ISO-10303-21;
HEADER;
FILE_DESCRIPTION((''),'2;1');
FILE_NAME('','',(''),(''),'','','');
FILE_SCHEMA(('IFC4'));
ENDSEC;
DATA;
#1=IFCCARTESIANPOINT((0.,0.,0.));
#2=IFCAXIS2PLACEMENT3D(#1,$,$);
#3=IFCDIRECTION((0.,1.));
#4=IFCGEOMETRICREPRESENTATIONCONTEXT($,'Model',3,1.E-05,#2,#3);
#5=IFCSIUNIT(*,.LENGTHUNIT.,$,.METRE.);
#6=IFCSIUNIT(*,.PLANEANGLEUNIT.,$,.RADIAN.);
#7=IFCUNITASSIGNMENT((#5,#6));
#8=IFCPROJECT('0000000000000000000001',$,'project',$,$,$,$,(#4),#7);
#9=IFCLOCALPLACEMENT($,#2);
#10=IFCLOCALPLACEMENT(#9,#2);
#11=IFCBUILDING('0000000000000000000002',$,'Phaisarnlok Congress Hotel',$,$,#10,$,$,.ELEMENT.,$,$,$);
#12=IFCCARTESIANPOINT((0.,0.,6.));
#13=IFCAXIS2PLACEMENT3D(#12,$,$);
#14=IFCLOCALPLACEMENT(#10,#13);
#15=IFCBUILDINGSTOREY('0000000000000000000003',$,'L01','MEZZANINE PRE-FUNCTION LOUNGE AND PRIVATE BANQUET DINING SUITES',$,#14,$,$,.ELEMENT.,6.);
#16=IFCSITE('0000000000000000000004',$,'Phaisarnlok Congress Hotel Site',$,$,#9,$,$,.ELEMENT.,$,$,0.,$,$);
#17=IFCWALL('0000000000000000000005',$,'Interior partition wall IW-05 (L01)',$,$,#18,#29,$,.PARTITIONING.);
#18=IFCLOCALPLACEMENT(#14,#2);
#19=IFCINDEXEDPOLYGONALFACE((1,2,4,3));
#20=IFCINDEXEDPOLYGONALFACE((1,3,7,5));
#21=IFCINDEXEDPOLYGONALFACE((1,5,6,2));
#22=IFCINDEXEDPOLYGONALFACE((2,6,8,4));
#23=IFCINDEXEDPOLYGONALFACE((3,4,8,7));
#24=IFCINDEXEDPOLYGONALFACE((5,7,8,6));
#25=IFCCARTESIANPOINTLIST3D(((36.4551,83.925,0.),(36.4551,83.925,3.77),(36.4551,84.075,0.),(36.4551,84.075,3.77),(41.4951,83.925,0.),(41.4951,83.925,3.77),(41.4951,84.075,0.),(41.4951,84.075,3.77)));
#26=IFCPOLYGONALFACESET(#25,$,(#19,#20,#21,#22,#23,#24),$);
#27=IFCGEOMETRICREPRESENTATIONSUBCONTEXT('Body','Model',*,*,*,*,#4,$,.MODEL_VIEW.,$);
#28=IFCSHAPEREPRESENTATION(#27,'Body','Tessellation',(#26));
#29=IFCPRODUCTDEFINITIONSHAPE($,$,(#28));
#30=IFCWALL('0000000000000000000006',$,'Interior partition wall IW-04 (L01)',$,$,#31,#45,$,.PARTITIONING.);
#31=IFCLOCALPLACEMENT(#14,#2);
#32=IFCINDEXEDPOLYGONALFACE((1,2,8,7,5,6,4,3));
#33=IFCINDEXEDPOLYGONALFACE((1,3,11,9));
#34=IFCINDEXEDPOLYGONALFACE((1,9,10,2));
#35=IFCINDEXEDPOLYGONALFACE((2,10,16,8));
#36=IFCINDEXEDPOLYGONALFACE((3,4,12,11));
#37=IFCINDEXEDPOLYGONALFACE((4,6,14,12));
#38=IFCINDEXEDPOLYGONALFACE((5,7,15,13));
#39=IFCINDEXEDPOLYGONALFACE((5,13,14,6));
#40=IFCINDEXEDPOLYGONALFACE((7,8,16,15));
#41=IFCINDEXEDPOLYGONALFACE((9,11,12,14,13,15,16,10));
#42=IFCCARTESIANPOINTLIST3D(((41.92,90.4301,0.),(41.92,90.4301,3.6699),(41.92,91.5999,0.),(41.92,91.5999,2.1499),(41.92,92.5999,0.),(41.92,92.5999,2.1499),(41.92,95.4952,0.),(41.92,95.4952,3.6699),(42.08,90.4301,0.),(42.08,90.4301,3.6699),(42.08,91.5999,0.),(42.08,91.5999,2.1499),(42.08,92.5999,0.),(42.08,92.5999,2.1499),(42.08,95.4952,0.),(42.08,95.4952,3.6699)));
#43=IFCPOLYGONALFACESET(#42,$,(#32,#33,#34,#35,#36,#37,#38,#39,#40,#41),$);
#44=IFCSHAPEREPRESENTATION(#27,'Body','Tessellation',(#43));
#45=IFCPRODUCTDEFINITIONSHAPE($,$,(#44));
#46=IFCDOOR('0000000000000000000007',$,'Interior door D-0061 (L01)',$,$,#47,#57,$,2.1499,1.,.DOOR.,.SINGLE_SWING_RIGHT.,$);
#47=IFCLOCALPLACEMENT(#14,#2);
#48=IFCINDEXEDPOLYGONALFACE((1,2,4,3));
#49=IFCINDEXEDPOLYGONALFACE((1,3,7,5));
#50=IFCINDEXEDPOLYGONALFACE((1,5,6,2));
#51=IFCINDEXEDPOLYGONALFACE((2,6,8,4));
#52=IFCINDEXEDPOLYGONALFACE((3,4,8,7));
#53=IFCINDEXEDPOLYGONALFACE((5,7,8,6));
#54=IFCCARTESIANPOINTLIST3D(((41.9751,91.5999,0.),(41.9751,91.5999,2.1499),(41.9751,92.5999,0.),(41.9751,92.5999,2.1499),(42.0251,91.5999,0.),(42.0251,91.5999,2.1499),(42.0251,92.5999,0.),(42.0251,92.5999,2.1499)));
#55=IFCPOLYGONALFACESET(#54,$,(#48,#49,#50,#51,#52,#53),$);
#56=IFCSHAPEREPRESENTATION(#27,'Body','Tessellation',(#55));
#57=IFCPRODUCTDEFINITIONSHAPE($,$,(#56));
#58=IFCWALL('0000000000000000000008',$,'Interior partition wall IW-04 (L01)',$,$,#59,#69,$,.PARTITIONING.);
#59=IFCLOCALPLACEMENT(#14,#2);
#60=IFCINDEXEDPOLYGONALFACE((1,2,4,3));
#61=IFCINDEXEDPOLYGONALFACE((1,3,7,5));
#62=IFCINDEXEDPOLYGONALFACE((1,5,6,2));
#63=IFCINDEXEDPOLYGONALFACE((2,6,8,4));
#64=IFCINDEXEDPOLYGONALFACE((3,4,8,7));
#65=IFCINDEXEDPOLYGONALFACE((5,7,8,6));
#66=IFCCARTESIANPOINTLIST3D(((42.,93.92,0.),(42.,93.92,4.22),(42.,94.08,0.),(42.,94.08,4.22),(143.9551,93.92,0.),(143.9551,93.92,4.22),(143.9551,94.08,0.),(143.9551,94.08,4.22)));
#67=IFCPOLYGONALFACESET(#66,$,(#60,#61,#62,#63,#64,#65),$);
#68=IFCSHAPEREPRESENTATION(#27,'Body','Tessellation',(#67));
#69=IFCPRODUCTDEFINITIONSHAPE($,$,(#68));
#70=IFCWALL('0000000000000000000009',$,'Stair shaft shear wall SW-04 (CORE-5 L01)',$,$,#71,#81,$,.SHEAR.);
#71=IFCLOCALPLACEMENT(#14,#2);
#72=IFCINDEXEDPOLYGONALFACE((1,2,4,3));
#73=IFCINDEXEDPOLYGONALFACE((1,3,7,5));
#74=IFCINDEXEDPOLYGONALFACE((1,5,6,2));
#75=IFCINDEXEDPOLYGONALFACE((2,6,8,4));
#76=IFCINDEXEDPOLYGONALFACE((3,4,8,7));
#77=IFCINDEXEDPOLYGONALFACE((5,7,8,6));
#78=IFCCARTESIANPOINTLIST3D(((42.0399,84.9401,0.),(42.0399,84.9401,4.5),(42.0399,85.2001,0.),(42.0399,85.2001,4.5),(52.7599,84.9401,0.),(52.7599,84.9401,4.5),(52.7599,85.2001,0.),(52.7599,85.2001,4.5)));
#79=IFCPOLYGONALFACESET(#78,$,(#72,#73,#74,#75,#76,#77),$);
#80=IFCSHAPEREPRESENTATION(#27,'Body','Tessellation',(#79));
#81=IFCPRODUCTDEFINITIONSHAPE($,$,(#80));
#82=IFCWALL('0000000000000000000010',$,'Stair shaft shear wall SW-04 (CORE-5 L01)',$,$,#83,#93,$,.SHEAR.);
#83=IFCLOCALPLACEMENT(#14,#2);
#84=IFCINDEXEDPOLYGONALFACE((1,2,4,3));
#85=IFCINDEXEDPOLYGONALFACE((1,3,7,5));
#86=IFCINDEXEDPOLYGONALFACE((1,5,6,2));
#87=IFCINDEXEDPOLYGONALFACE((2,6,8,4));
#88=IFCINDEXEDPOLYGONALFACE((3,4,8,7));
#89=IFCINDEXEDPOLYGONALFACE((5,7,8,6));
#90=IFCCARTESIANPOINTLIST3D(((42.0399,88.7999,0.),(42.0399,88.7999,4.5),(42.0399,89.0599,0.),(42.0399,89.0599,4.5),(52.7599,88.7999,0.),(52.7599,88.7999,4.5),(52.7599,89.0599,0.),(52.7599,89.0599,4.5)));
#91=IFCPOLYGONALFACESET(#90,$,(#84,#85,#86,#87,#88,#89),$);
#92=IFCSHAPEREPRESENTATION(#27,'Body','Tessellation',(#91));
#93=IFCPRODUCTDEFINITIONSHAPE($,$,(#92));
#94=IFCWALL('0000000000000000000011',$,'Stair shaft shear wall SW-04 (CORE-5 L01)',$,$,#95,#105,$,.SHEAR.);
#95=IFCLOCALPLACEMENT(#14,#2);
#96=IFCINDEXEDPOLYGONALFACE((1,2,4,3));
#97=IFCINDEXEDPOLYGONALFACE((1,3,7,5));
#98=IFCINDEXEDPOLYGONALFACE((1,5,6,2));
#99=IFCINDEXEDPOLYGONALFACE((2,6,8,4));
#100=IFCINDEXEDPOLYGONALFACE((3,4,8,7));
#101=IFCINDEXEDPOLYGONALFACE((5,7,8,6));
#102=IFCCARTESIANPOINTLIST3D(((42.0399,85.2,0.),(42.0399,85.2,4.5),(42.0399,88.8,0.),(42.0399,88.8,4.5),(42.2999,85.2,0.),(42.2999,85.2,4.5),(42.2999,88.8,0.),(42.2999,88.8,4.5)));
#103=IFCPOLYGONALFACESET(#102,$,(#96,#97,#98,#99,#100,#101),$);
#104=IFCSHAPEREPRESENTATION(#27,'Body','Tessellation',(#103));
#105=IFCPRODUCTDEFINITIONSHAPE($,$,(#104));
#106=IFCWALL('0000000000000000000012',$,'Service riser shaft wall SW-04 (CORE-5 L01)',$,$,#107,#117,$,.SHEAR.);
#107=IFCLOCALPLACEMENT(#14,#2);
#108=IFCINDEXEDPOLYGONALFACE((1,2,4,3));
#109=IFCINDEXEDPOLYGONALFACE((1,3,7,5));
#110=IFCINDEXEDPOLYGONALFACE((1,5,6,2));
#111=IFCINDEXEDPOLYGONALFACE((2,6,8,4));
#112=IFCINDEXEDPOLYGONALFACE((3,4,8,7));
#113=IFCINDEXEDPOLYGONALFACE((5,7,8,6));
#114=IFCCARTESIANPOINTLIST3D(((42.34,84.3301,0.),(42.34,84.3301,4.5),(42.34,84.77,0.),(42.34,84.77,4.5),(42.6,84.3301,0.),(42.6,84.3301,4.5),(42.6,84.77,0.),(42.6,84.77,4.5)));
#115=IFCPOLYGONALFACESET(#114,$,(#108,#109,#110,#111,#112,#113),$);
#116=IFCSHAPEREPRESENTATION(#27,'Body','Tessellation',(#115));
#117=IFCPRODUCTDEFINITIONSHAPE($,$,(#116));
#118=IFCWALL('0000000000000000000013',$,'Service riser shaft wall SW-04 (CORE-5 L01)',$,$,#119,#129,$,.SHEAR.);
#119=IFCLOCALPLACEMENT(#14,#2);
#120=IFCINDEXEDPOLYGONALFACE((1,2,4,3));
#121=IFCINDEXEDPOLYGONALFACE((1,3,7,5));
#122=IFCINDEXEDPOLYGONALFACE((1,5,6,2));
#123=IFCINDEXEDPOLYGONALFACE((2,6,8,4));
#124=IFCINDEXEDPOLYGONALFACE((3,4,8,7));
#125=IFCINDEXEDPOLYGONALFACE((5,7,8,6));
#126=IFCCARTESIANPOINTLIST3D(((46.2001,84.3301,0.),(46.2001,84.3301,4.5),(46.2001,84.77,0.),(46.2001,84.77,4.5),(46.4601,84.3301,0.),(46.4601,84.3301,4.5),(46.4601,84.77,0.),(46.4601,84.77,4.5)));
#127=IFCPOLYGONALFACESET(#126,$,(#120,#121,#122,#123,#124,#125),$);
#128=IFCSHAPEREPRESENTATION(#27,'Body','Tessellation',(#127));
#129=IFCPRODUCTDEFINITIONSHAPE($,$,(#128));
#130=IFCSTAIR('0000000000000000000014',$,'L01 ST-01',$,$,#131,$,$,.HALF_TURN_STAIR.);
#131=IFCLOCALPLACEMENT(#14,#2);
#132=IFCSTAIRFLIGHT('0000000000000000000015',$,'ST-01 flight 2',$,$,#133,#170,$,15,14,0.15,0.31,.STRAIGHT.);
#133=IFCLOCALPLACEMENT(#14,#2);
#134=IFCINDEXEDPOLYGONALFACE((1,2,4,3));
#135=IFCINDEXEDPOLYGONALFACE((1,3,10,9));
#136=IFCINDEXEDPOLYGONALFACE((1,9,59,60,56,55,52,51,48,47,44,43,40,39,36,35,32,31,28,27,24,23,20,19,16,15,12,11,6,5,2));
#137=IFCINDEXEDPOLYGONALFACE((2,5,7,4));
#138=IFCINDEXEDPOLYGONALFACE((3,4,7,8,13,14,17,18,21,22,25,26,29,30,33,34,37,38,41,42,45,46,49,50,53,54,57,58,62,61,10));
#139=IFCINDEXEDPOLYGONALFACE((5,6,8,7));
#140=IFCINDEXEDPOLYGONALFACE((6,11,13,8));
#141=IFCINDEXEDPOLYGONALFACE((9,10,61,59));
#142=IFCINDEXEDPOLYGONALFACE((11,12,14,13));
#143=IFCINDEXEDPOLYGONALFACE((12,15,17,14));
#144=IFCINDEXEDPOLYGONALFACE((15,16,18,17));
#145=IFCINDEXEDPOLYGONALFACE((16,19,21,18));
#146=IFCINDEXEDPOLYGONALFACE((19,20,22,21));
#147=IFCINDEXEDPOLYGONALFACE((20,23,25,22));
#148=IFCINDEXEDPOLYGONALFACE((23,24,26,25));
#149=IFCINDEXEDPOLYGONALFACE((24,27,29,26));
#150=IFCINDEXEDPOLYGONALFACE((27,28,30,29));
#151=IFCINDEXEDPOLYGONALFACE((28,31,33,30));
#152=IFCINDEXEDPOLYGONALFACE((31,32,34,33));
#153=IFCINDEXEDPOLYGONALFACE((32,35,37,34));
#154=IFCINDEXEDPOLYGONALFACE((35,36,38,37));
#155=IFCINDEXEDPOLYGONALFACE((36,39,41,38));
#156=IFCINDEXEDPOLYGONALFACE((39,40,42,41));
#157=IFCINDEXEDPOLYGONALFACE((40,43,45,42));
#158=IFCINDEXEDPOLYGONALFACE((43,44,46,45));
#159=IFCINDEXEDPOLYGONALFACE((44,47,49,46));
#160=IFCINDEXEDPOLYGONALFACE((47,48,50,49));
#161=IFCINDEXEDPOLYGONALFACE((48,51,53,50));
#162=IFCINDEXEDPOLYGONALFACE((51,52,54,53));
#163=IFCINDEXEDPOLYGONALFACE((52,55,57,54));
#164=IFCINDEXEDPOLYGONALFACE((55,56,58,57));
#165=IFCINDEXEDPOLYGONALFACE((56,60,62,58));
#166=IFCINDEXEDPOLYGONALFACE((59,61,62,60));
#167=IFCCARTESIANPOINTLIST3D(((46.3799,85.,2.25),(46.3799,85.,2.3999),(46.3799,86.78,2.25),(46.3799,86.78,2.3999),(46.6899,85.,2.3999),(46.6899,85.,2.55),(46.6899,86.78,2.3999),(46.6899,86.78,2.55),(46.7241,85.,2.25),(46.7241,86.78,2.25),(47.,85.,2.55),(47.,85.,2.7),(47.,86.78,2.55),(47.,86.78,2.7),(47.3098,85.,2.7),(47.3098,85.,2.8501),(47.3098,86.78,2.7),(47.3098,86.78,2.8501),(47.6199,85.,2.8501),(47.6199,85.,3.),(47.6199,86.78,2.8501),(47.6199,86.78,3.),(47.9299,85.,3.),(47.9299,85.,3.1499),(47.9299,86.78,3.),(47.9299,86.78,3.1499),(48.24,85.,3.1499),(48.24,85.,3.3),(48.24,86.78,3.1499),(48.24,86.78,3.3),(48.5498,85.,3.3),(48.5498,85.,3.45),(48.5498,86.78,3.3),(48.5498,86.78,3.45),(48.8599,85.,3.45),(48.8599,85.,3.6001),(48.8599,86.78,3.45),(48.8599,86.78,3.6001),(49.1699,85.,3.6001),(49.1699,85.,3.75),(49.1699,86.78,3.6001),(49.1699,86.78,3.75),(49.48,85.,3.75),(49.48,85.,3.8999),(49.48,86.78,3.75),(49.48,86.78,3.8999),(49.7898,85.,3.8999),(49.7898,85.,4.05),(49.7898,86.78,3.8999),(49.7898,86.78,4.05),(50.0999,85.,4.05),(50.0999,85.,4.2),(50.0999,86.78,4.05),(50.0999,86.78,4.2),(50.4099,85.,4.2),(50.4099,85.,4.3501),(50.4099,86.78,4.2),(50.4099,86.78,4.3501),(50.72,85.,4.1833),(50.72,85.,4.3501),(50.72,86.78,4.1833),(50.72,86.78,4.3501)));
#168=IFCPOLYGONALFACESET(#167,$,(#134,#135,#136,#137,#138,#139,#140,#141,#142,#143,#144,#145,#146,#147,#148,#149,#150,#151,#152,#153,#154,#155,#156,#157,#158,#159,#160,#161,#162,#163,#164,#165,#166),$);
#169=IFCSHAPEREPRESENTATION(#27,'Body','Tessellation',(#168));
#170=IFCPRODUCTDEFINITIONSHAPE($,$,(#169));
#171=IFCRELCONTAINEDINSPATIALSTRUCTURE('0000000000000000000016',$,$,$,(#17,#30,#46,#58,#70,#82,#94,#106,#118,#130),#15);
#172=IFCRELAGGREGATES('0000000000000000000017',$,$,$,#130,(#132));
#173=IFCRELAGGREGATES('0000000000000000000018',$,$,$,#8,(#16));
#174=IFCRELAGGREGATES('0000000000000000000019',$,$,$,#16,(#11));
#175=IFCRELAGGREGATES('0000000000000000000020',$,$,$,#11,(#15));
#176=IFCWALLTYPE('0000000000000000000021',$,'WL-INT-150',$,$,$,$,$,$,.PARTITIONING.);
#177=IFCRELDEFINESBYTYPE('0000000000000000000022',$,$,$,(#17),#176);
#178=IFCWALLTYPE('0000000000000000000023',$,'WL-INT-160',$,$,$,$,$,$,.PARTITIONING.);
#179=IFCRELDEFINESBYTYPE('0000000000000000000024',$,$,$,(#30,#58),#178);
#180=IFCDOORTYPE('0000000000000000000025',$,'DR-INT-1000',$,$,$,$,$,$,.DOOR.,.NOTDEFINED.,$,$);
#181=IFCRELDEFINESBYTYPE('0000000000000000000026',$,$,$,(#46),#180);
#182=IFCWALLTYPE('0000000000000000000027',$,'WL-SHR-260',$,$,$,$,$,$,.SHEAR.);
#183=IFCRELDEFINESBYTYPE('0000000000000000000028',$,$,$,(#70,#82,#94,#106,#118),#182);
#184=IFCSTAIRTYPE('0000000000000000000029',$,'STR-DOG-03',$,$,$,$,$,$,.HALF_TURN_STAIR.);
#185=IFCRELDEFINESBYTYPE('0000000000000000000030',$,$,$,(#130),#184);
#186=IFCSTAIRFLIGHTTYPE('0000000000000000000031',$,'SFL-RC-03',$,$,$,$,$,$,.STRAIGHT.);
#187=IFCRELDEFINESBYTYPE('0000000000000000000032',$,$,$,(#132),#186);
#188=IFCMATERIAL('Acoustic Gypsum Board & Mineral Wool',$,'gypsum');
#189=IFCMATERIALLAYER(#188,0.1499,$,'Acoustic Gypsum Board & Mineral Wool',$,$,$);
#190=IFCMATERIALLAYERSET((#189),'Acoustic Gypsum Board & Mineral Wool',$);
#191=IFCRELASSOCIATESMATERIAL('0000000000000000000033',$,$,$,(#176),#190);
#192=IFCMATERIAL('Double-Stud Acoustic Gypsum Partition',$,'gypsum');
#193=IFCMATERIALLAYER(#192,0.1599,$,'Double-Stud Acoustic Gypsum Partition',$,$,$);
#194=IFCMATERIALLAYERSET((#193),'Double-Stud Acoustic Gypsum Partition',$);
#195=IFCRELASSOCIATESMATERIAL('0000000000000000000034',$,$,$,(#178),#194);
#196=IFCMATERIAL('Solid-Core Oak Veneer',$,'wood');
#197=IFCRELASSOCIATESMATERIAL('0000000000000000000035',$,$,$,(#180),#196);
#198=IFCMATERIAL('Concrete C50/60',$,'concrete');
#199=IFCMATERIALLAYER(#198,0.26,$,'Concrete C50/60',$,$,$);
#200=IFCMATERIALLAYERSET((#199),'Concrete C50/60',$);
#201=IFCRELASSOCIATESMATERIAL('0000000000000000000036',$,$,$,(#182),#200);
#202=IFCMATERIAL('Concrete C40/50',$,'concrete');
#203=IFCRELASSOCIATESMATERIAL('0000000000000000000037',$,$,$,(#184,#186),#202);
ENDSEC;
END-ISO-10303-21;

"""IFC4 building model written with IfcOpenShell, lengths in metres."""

from ifc_helpers import new_model, si_unit, direction, frame, frame_2d, origin, place, context, subcontext, project, spatial, polyline, rectangle, outline, extrude, material, layer, layer_set, type_object, element, fill, aggregate, save


model = new_model("IFC4")

# Units and contexts
model_context = context("Model", 3, precision=1e-05, world=origin(), true_north=direction((0.0, 1.0)))
body_context = subcontext(model_context, "Body", "Model", "MODEL_VIEW")
ifc_project = project(units=[si_unit("LENGTHUNIT", "METRE"), si_unit("PLANEANGLEUNIT", "RADIAN")], contexts=[model_context])

# Site, building, storey
site_placement = place(None, origin())
site = spatial("IfcSite", under=ifc_project, at=site_placement, Name="Phaisarnlok Congress Hotel Site", CompositionType="ELEMENT", RefElevation=0.0)
building_placement = place(site_placement, origin())
building = spatial("IfcBuilding", under=site, at=building_placement, Name="Phaisarnlok Congress Hotel", CompositionType="ELEMENT")
storey_placement = place(building_placement, frame((0.0, 0.0, 6.0)))
storey = spatial("IfcBuildingStorey", under=building, at=storey_placement, Name="L01", Description="MEZZANINE PRE-FUNCTION LOUNGE AND PRIVATE BANQUET DINING SUITES", CompositionType="ELEMENT", Elevation=6.0)

# Shared definitions
ifc_material_1 = material(Name="Concrete C50/60", Category="concrete")

# Shared definitions
ifc_material_2 = material(Name="Concrete C40/50", Category="concrete")

# Wall
ifc_material_3 = material(Name="Acoustic Gypsum Board & Mineral Wool", Category="gypsum")
ifc_layer_1 = layer(ifc_material_3, 0.1499, Name="Acoustic Gypsum Board & Mineral Wool")
ifc_layer_set_1 = layer_set([ifc_layer_1], Name="Acoustic Gypsum Board & Mineral Wool")
wall_type_1 = type_object("IfcWallType", Name="WL-INT-150", PredefinedType="PARTITIONING", material=ifc_layer_set_1)
wall_1_placement = place(storey_placement, frame((36.4551, 84.0, 0.0), z_axis=(0.0, 0.0, 1.0), x_axis=(1.0, 0.0, 0.0)))
element("IfcWall", 1, at=wall_1_placement, inside=storey, type_object=wall_type_1, Name="Interior partition wall IW-05 (L01)", PredefinedType="PARTITIONING", context=body_context, shape_type="SweptSolid", body=[
    extrude(rectangle(XDim=5.04, YDim=0.1499, at=frame_2d((2.52, 0.0))), origin(), (0.0, 0.0, 1.0), 3.77),
])

# Wall, opening, door
ifc_material_4 = material(Name="Double-Stud Acoustic Gypsum Partition", Category="gypsum")
ifc_layer_2 = layer(ifc_material_4, 0.1599, Name="Double-Stud Acoustic Gypsum Partition")
ifc_layer_set_2 = layer_set([ifc_layer_2], Name="Double-Stud Acoustic Gypsum Partition")
wall_type_2 = type_object("IfcWallType", Name="WL-INT-160", PredefinedType="PARTITIONING", material=ifc_layer_set_2)
wall_2_placement = place(storey_placement, frame((42.0, 90.4299, 0.0), z_axis=(0.0, 0.0, 1.0), x_axis=(0.0, 1.0, 0.0)))
wall_2 = element("IfcWall", 2, at=wall_2_placement, inside=storey, type_object=wall_type_2, Name="Interior partition wall IW-04 (L01)", PredefinedType="PARTITIONING", context=body_context, shape_type="SweptSolid", body=[
    extrude(rectangle(XDim=5.0652, YDim=0.1599, at=frame_2d((2.5327, 0.0))), origin(), (0.0, 0.0, 1.0), 3.6699),
])
opening_placement = place(wall_2_placement, frame((1.1699, 0.0, 0.0)))
opening = element("IfcOpeningElement", 3, at=opening_placement, cuts=wall_2, PredefinedType="OPENING", context=body_context, shape_type="SweptSolid", body=[
    extrude(rectangle(XDim=1.0, YDim=2.1499, at=frame_2d((0.5, 1.075))), frame((0.0, 0.0898, 0.0), z_axis=(0.0, -1.0, 0.0), x_axis=(1.0, 0.0, 0.0)), (0.0, 0.0, 1.0), 0.1799),
])
ifc_material_5 = material(Name="Solid-Core Oak Veneer", Category="wood")
door_type = type_object("IfcDoorType", Name="DR-INT-1000", OperationType="NOTDEFINED", PredefinedType="DOOR", material=ifc_material_5)
door_placement = place(opening_placement, origin())
door = element("IfcDoor", 4, at=door_placement, inside=storey, type_object=door_type, Name="Interior door D-0061 (L01)", OperationType="SINGLE_SWING_RIGHT", OverallHeight=2.1499, OverallWidth=1.0, PredefinedType="DOOR", context=body_context, shape_type="SweptSolid", body=[
    extrude(rectangle(XDim=1.0, YDim=2.1499, at=frame_2d((0.5, 1.075))), frame((0.0, 0.0249, 0.0), z_axis=(0.0, -1.0, 0.0), x_axis=(1.0, 0.0, 0.0)), (0.0, 0.0, 1.0), 0.05),
])
fill(opening, door)

# Walls
wall_3_placement = place(storey_placement, frame((42.0, 94.0, 0.0), z_axis=(0.0, 0.0, 1.0), x_axis=(1.0, 0.0, 0.0)))
element("IfcWall", 5, at=wall_3_placement, inside=storey, type_object=wall_type_2, Name="Interior partition wall IW-04 (L01)", PredefinedType="PARTITIONING", context=body_context, shape_type="SweptSolid", body=[
    extrude(rectangle(XDim=101.9551, YDim=0.1599, at=frame_2d((50.9775, 0.0))), origin(), (0.0, 0.0, 1.0), 4.22),
])
ifc_layer_3 = layer(ifc_material_1, 0.26, Name="Concrete C50/60")
ifc_layer_set_3 = layer_set([ifc_layer_3], Name="Concrete C50/60")
wall_type_3 = type_object("IfcWallType", Name="WL-SHR-260", PredefinedType="SHEAR", material=ifc_layer_set_3)
for number, where, z_axis, x_axis, name in (
    (6, (42.04, 85.0701, 0.0), (0.0, 0.0, 1.0), (1.0, 0.0, 0.0), "Stair shaft shear wall SW-04 (CORE-5 L01)"),
    (7, (42.04, 88.9299, 0.0), (0.0, 0.0, 1.0), (1.0, 0.0, 0.0), "Stair shaft shear wall SW-04 (CORE-5 L01)"),
):
    element("IfcWall", number, at=place(storey_placement, frame(where, z_axis=z_axis, x_axis=x_axis)), inside=storey, type_object=wall_type_3, Name=name, PredefinedType="SHEAR", context=body_context, shape_type="SweptSolid", body=[
        extrude(rectangle(XDim=10.72, YDim=0.26, at=frame_2d((5.3599, 0.0))), origin(), (0.0, 0.0, 1.0), 4.5),
    ])
wall_4_placement = place(storey_placement, frame((42.1699, 85.2, 0.0), z_axis=(0.0, 0.0, 1.0), x_axis=(0.0, 1.0, 0.0)))
element("IfcWall", 8, at=wall_4_placement, inside=storey, type_object=wall_type_3, Name="Stair shaft shear wall SW-04 (CORE-5 L01)", PredefinedType="SHEAR", context=body_context, shape_type="SweptSolid", body=[
    extrude(rectangle(XDim=3.6001, YDim=0.26, at=frame_2d((1.8, 0.0))), origin(), (0.0, 0.0, 1.0), 4.5),
])
for number, where, z_axis, x_axis, name in (
    (9, (42.47, 84.3301, 0.0), (0.0, 0.0, 1.0), (0.0, 1.0, 0.0), "Service riser shaft wall SW-04 (CORE-5 L01)"),
    (10, (46.3301, 84.3301, 0.0), (0.0, 0.0, 1.0), (0.0, 1.0, 0.0), "Service riser shaft wall SW-04 (CORE-5 L01)"),
):
    element("IfcWall", number, at=place(storey_placement, frame(where, z_axis=z_axis, x_axis=x_axis)), inside=storey, type_object=wall_type_3, Name=name, PredefinedType="SHEAR", context=body_context, shape_type="SweptSolid", body=[
        extrude(rectangle(XDim=0.4399, YDim=0.26, at=frame_2d((0.22, 0.0))), origin(), (0.0, 0.0, 1.0), 4.5),
    ])

# Stair, stair flight
stair_type = type_object("IfcStairType", Name="STR-DOG-03", PredefinedType="HALF_TURN_STAIR", material=ifc_material_2)
stair_placement = place(storey_placement, origin())
stair = element("IfcStair", 11, at=stair_placement, inside=storey, type_object=stair_type, Name="L01 ST-01", PredefinedType="HALF_TURN_STAIR")
stair_flight_type = type_object("IfcStairFlightType", Name="SFL-RC-03", PredefinedType="STRAIGHT", material=ifc_material_2)
stair_flight_placement = place(storey_placement, frame((46.3799, 85.8899, 2.25), z_axis=(0.0, 0.0, 1.0), x_axis=(1.0, 0.0, 0.0)))
stair_flight = element("IfcStairFlight", 12, at=stair_flight_placement, type_object=stair_flight_type, Name="ST-01 flight 2", NumberOfRisers=15, NumberOfTreads=14, PredefinedType="STRAIGHT", RiserHeight=0.15, TreadLength=0.31, context=body_context, shape_type="SweptSolid", body=[
    extrude(outline(polyline([(0.0, 0.0), (0.0, 0.1499), (0.3101, 0.1499), (0.3101, 0.3), (0.6201, 0.3), (0.6201, 0.45), (0.9299, 0.45), (0.9299, 0.6001), (1.24, 0.6001), (1.24, 0.75), (1.55, 0.75), (1.55, 0.8999), (1.8601, 0.8999), (1.8601, 1.05), (2.1699, 1.05), (2.1699, 1.2), (2.48, 1.2), (2.48, 1.3501), (2.79, 1.3501), (2.79, 1.5), (3.1001, 1.5), (3.1001, 1.6499), (3.4099, 1.6499), (3.4099, 1.8), (3.72, 1.8), (3.72, 1.95), (4.03, 1.95), (4.03, 2.1001), (4.3401, 2.1001), (4.3401, 2.25), (4.3401, 1.9333), (0.3442, 0.0), (0.0, 0.0)])), frame((0.0, 0.8901, 0.0), z_axis=(0.0, -1.0, 0.0), x_axis=(1.0, 0.0, 0.0)), (0.0, 0.0, 1.0), 1.78),
])
aggregate(stair, [stair_flight])

save(model, "model.ifc")
